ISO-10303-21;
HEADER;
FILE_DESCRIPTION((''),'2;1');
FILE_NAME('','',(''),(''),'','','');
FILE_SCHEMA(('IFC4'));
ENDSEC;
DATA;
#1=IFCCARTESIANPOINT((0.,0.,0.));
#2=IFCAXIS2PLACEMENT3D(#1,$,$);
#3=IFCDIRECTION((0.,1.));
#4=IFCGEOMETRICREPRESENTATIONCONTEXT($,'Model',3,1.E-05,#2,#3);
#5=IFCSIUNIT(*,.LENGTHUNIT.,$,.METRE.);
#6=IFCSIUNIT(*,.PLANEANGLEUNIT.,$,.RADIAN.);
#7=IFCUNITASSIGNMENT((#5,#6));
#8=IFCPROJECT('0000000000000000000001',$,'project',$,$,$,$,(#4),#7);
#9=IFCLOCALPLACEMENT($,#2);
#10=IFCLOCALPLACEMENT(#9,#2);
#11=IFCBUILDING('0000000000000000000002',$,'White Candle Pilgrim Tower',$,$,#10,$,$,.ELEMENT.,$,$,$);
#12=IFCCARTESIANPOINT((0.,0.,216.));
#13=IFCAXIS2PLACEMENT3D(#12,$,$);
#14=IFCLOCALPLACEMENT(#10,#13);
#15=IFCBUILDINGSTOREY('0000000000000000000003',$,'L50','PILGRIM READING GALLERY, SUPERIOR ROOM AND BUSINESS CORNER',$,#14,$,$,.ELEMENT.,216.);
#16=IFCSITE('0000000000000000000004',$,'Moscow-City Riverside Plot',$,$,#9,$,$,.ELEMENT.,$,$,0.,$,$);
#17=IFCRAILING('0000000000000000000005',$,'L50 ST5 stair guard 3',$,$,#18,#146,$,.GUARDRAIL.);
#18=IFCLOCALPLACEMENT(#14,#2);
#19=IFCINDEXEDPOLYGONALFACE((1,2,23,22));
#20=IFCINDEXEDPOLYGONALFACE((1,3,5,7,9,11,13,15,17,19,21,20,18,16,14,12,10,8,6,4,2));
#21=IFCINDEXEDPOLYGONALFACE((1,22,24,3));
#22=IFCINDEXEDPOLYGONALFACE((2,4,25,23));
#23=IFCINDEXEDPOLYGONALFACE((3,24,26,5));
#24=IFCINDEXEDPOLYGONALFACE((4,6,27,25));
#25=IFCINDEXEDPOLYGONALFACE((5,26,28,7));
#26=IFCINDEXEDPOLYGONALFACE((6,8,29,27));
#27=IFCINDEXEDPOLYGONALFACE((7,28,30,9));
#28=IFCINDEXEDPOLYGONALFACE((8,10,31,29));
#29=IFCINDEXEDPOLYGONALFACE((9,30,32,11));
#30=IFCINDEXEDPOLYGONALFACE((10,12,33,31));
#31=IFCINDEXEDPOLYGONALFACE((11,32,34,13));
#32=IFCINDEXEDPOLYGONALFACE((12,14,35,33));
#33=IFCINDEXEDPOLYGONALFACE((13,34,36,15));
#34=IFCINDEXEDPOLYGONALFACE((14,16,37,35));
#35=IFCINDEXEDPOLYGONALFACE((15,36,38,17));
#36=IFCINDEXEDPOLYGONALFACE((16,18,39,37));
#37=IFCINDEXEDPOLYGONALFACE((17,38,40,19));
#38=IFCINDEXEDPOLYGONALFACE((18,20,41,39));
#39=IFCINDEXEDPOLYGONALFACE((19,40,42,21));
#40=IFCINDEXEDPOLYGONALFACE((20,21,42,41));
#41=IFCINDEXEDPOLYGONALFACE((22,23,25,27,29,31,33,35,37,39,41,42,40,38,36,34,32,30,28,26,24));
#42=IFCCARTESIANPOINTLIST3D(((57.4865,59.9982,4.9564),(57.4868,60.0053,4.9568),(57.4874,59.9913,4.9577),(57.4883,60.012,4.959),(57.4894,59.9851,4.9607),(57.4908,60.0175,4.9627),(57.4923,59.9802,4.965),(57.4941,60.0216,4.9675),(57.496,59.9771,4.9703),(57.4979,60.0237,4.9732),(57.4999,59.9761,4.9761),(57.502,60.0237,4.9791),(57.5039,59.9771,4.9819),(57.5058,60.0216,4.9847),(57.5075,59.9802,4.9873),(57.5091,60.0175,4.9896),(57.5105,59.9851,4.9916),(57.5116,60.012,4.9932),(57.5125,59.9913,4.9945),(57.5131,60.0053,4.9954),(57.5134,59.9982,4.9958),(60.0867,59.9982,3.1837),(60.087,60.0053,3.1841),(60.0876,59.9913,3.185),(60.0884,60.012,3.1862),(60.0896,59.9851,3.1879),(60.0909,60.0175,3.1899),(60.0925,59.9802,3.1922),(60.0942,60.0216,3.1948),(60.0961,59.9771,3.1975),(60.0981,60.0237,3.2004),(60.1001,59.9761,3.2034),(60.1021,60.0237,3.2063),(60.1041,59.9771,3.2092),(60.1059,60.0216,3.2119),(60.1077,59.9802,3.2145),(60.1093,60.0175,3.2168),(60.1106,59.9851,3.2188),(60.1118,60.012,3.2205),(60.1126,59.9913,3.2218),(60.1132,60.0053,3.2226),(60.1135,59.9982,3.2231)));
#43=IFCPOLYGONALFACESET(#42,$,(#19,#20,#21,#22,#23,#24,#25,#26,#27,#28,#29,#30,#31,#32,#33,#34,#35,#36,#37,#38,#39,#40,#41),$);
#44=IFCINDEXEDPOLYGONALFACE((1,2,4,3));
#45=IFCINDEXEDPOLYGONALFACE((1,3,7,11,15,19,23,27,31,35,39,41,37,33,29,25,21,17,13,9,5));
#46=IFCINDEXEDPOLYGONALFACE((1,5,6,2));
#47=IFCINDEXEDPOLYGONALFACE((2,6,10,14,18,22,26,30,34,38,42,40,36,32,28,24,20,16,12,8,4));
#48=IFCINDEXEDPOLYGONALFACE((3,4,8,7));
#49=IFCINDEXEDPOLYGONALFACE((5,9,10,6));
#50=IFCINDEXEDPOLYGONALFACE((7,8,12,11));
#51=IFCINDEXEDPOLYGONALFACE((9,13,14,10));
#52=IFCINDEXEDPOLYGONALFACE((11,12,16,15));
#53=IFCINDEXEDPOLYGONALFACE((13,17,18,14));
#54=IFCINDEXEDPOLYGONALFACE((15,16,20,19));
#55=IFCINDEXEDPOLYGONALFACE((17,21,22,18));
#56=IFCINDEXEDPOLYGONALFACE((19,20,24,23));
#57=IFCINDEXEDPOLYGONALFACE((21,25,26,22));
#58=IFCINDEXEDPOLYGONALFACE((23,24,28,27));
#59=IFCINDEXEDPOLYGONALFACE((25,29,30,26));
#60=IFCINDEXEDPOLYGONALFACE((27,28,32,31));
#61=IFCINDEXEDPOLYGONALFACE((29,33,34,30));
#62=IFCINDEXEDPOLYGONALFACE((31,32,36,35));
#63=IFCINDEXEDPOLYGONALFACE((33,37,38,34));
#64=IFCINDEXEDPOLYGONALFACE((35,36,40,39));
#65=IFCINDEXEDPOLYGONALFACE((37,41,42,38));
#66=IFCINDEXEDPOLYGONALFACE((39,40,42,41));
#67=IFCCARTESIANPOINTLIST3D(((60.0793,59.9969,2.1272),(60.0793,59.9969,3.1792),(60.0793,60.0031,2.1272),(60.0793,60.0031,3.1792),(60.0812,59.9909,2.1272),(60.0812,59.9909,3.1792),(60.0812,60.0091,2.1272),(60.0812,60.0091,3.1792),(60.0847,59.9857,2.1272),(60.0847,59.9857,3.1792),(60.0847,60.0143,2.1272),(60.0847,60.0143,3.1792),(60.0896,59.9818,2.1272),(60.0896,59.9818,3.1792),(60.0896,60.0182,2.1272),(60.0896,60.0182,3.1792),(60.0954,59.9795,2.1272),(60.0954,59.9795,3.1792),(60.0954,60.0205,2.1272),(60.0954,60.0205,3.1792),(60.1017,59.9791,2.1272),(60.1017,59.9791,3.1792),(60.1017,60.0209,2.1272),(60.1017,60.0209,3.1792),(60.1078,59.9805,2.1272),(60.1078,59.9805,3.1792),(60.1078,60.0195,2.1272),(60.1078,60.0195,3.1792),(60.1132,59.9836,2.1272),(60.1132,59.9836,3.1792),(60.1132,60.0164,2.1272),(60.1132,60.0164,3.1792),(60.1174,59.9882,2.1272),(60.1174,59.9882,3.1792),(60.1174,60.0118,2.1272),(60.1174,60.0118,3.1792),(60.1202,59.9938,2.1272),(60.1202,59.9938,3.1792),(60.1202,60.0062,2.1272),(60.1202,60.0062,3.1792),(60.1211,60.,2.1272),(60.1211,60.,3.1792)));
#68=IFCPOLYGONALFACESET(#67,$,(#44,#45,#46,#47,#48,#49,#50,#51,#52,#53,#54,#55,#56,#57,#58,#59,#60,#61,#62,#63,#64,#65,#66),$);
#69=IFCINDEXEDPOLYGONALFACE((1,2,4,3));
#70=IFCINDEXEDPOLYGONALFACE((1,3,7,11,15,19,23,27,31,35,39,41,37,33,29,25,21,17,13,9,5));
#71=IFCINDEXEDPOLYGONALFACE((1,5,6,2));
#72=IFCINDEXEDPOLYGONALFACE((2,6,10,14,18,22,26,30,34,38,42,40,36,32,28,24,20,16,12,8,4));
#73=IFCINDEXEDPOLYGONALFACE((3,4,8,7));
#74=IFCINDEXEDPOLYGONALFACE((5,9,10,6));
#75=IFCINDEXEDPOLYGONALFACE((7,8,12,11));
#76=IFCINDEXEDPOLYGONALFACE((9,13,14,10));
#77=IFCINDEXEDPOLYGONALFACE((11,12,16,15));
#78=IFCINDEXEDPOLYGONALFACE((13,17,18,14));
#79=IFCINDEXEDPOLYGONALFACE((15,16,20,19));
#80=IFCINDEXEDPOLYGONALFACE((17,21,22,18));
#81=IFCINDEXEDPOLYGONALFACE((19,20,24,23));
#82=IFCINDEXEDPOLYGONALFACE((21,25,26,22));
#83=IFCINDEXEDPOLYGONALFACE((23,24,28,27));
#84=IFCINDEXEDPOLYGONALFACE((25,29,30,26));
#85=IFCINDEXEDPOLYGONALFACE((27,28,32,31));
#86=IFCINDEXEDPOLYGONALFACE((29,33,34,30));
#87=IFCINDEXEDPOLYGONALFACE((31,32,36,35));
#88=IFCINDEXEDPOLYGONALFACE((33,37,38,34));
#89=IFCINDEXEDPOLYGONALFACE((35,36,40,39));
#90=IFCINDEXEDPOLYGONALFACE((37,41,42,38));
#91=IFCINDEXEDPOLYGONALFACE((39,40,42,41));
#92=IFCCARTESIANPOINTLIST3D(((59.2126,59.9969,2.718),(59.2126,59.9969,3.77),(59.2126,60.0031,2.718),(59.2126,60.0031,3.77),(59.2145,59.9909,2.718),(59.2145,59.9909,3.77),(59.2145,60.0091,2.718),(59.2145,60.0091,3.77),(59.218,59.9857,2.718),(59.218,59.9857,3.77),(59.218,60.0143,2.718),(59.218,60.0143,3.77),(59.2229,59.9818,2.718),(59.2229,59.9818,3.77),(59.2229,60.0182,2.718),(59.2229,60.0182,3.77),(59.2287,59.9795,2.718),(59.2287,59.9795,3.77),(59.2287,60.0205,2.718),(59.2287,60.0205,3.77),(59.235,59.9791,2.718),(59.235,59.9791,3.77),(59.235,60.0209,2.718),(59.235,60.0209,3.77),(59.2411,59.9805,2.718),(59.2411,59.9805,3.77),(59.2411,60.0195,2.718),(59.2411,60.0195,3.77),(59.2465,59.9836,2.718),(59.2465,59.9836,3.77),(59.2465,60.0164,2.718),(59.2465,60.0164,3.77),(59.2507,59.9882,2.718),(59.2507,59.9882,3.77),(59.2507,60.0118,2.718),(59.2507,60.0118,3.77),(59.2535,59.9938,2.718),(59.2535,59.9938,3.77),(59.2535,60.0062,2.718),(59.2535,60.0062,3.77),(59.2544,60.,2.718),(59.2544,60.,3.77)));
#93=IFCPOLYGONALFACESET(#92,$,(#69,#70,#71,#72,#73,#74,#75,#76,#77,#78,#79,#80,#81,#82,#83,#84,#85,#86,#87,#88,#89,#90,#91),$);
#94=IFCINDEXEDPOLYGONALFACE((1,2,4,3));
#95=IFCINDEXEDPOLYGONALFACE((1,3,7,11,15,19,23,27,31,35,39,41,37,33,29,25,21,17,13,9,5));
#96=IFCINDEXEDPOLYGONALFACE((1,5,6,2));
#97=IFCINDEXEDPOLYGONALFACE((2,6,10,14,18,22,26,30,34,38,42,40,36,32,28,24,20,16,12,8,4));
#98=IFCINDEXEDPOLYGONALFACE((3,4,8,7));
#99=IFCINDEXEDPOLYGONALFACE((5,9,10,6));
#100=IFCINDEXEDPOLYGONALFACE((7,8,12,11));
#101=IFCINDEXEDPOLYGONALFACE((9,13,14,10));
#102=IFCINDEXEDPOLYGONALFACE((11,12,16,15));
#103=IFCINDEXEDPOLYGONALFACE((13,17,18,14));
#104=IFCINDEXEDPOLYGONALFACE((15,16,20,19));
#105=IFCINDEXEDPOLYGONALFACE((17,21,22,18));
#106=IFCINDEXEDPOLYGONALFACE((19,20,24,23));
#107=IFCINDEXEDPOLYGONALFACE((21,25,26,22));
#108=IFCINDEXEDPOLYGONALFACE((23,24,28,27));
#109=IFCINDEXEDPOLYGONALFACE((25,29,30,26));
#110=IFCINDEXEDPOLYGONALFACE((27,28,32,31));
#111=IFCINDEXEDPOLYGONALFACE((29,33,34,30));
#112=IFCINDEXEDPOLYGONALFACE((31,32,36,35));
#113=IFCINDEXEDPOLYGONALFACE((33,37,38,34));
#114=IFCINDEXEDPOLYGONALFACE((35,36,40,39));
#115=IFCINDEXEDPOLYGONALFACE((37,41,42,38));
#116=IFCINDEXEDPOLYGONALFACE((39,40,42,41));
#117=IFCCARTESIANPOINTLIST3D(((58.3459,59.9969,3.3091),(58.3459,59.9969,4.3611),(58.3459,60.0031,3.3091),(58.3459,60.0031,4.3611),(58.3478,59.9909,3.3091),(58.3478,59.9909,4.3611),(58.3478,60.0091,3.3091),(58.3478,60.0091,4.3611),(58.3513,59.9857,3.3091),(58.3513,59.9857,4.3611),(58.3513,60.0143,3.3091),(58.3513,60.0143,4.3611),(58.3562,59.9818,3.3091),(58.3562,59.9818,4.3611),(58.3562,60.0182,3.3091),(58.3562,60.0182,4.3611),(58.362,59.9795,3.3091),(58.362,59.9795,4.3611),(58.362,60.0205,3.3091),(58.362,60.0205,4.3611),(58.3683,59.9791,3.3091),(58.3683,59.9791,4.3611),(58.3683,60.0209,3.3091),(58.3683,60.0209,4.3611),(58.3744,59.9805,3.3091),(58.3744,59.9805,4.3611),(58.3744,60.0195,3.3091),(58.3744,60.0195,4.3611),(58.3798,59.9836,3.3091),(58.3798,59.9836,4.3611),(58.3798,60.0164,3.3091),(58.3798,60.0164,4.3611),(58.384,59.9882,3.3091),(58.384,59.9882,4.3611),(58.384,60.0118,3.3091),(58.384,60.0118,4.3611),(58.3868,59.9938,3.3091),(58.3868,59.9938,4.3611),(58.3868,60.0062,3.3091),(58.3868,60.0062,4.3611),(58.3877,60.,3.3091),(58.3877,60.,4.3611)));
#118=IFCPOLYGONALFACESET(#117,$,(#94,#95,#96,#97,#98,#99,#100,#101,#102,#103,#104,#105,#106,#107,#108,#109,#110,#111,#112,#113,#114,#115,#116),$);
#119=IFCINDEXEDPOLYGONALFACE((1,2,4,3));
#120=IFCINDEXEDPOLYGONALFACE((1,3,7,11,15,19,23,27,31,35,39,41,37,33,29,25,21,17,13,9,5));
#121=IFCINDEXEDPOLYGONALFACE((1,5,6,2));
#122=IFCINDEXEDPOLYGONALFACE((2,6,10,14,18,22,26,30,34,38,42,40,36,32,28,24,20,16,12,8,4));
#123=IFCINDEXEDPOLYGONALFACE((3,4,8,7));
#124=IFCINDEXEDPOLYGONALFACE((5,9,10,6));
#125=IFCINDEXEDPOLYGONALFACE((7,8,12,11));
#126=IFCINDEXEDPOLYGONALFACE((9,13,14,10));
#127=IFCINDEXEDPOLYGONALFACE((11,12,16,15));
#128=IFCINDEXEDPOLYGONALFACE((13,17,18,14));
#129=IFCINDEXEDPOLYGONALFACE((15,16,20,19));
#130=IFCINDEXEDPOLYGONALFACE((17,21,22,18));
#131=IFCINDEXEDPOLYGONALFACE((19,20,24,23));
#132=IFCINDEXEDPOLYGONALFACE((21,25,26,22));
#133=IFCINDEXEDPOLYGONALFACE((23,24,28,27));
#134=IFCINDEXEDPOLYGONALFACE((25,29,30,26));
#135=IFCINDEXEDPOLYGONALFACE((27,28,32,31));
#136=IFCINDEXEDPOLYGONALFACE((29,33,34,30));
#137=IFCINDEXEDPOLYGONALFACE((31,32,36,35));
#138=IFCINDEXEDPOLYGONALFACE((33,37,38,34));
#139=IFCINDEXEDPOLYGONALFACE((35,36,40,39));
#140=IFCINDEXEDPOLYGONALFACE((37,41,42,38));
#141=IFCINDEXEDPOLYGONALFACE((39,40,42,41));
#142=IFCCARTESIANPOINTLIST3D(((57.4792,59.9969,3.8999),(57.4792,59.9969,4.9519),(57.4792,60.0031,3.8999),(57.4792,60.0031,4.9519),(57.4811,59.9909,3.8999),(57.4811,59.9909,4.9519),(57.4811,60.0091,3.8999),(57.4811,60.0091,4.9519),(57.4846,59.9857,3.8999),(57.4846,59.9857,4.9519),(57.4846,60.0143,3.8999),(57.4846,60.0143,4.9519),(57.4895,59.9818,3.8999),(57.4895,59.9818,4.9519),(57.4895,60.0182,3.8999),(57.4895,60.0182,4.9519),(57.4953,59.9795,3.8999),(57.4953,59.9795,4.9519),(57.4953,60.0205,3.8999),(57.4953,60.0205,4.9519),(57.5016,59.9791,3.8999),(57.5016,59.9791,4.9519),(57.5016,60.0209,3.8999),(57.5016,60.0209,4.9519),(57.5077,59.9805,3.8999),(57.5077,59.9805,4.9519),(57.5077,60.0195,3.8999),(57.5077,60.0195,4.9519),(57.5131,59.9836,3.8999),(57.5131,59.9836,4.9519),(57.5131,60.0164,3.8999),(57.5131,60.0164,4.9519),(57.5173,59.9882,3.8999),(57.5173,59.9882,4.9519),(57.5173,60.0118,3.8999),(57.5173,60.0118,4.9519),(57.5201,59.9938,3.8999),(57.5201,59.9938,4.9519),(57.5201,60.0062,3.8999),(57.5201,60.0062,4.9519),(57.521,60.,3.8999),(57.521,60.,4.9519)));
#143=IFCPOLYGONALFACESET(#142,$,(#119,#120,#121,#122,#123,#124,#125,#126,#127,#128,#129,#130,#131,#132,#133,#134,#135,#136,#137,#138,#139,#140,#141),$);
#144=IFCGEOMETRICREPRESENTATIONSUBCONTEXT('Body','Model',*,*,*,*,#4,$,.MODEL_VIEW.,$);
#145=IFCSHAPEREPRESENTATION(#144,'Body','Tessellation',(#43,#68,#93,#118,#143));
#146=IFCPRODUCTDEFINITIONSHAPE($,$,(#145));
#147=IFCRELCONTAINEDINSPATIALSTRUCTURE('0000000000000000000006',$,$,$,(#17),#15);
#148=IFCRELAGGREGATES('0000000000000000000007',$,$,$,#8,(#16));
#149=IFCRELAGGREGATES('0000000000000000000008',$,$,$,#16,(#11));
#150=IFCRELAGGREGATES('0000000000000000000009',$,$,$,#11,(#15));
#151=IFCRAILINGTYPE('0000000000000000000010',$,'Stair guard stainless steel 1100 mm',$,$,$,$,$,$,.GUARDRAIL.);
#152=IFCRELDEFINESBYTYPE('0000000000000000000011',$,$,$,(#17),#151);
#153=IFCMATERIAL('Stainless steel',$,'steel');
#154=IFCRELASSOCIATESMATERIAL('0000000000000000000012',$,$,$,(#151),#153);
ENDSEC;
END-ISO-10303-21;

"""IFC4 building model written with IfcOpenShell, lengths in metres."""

from ifc_helpers import new_model, si_unit, direction, frame, origin, origin_2d, place, context, subcontext, project, spatial, circle, extrude, material, type_object, element, save


model = new_model("IFC4")

# Units and contexts
model_context = context("Model", 3, precision=1e-05, world=origin(), true_north=direction((0.0, 1.0)))
body_context = subcontext(model_context, "Body", "Model", "MODEL_VIEW")
ifc_project = project(units=[si_unit("LENGTHUNIT", "METRE"), si_unit("PLANEANGLEUNIT", "RADIAN")], contexts=[model_context])

# Site, building, storey
site_placement = place(None, origin())
site = spatial("IfcSite", under=ifc_project, at=site_placement, Name="Moscow-City Riverside Plot", CompositionType="ELEMENT", RefElevation=0.0)
building_placement = place(site_placement, origin())
building = spatial("IfcBuilding", under=site, at=building_placement, Name="White Candle Pilgrim Tower", CompositionType="ELEMENT")
storey_placement = place(building_placement, frame((0.0, 0.0, 216.0)))
storey = spatial("IfcBuildingStorey", under=building, at=storey_placement, Name="L50", Description="PILGRIM READING GALLERY, SUPERIOR ROOM AND BUSINESS CORNER", CompositionType="ELEMENT", Elevation=216.0)

# Railing
ifc_material_1 = material(Name="Stainless steel", Category="steel")
railing_type_1 = type_object("IfcRailingType", Name="Stair guard stainless steel 1100 mm", PredefinedType="GUARDRAIL", material=ifc_material_1)
railing_1_placement = place(storey_placement, frame((60.1001, 60.0, 2.1272)))
element("IfcRailing", 1, at=railing_1_placement, inside=storey, type_object=railing_type_1, Name="L50 ST5 stair guard 3", PredefinedType="GUARDRAIL", context=body_context, shape_type="SweptSolid", body=[
    extrude(circle(Radius=0.0239, at=origin_2d()), frame((0.0, 0.0, 1.0762), z_axis=(-0.82624, 0.0, 0.563318), x_axis=(0.0, -1.0, 0.0)), (0.0, 0.0, 1.0), 3.147),
    extrude(circle(Radius=0.021, at=origin_2d()), origin(), (0.0, 0.0, 1.0), 1.052),
    extrude(circle(Radius=0.021, at=origin_2d()), frame((-0.8667, 0.0, 0.5908)), (0.0, 0.0, 1.0), 1.052),
    extrude(circle(Radius=0.021, at=origin_2d()), frame((-1.7334, 0.0, 1.1819)), (0.0, 0.0, 1.0), 1.052),
    extrude(circle(Radius=0.021, at=origin_2d()), frame((-2.6001, 0.0, 1.7727)), (0.0, 0.0, 1.0), 1.052),
])

save(model, "model.ifc")
